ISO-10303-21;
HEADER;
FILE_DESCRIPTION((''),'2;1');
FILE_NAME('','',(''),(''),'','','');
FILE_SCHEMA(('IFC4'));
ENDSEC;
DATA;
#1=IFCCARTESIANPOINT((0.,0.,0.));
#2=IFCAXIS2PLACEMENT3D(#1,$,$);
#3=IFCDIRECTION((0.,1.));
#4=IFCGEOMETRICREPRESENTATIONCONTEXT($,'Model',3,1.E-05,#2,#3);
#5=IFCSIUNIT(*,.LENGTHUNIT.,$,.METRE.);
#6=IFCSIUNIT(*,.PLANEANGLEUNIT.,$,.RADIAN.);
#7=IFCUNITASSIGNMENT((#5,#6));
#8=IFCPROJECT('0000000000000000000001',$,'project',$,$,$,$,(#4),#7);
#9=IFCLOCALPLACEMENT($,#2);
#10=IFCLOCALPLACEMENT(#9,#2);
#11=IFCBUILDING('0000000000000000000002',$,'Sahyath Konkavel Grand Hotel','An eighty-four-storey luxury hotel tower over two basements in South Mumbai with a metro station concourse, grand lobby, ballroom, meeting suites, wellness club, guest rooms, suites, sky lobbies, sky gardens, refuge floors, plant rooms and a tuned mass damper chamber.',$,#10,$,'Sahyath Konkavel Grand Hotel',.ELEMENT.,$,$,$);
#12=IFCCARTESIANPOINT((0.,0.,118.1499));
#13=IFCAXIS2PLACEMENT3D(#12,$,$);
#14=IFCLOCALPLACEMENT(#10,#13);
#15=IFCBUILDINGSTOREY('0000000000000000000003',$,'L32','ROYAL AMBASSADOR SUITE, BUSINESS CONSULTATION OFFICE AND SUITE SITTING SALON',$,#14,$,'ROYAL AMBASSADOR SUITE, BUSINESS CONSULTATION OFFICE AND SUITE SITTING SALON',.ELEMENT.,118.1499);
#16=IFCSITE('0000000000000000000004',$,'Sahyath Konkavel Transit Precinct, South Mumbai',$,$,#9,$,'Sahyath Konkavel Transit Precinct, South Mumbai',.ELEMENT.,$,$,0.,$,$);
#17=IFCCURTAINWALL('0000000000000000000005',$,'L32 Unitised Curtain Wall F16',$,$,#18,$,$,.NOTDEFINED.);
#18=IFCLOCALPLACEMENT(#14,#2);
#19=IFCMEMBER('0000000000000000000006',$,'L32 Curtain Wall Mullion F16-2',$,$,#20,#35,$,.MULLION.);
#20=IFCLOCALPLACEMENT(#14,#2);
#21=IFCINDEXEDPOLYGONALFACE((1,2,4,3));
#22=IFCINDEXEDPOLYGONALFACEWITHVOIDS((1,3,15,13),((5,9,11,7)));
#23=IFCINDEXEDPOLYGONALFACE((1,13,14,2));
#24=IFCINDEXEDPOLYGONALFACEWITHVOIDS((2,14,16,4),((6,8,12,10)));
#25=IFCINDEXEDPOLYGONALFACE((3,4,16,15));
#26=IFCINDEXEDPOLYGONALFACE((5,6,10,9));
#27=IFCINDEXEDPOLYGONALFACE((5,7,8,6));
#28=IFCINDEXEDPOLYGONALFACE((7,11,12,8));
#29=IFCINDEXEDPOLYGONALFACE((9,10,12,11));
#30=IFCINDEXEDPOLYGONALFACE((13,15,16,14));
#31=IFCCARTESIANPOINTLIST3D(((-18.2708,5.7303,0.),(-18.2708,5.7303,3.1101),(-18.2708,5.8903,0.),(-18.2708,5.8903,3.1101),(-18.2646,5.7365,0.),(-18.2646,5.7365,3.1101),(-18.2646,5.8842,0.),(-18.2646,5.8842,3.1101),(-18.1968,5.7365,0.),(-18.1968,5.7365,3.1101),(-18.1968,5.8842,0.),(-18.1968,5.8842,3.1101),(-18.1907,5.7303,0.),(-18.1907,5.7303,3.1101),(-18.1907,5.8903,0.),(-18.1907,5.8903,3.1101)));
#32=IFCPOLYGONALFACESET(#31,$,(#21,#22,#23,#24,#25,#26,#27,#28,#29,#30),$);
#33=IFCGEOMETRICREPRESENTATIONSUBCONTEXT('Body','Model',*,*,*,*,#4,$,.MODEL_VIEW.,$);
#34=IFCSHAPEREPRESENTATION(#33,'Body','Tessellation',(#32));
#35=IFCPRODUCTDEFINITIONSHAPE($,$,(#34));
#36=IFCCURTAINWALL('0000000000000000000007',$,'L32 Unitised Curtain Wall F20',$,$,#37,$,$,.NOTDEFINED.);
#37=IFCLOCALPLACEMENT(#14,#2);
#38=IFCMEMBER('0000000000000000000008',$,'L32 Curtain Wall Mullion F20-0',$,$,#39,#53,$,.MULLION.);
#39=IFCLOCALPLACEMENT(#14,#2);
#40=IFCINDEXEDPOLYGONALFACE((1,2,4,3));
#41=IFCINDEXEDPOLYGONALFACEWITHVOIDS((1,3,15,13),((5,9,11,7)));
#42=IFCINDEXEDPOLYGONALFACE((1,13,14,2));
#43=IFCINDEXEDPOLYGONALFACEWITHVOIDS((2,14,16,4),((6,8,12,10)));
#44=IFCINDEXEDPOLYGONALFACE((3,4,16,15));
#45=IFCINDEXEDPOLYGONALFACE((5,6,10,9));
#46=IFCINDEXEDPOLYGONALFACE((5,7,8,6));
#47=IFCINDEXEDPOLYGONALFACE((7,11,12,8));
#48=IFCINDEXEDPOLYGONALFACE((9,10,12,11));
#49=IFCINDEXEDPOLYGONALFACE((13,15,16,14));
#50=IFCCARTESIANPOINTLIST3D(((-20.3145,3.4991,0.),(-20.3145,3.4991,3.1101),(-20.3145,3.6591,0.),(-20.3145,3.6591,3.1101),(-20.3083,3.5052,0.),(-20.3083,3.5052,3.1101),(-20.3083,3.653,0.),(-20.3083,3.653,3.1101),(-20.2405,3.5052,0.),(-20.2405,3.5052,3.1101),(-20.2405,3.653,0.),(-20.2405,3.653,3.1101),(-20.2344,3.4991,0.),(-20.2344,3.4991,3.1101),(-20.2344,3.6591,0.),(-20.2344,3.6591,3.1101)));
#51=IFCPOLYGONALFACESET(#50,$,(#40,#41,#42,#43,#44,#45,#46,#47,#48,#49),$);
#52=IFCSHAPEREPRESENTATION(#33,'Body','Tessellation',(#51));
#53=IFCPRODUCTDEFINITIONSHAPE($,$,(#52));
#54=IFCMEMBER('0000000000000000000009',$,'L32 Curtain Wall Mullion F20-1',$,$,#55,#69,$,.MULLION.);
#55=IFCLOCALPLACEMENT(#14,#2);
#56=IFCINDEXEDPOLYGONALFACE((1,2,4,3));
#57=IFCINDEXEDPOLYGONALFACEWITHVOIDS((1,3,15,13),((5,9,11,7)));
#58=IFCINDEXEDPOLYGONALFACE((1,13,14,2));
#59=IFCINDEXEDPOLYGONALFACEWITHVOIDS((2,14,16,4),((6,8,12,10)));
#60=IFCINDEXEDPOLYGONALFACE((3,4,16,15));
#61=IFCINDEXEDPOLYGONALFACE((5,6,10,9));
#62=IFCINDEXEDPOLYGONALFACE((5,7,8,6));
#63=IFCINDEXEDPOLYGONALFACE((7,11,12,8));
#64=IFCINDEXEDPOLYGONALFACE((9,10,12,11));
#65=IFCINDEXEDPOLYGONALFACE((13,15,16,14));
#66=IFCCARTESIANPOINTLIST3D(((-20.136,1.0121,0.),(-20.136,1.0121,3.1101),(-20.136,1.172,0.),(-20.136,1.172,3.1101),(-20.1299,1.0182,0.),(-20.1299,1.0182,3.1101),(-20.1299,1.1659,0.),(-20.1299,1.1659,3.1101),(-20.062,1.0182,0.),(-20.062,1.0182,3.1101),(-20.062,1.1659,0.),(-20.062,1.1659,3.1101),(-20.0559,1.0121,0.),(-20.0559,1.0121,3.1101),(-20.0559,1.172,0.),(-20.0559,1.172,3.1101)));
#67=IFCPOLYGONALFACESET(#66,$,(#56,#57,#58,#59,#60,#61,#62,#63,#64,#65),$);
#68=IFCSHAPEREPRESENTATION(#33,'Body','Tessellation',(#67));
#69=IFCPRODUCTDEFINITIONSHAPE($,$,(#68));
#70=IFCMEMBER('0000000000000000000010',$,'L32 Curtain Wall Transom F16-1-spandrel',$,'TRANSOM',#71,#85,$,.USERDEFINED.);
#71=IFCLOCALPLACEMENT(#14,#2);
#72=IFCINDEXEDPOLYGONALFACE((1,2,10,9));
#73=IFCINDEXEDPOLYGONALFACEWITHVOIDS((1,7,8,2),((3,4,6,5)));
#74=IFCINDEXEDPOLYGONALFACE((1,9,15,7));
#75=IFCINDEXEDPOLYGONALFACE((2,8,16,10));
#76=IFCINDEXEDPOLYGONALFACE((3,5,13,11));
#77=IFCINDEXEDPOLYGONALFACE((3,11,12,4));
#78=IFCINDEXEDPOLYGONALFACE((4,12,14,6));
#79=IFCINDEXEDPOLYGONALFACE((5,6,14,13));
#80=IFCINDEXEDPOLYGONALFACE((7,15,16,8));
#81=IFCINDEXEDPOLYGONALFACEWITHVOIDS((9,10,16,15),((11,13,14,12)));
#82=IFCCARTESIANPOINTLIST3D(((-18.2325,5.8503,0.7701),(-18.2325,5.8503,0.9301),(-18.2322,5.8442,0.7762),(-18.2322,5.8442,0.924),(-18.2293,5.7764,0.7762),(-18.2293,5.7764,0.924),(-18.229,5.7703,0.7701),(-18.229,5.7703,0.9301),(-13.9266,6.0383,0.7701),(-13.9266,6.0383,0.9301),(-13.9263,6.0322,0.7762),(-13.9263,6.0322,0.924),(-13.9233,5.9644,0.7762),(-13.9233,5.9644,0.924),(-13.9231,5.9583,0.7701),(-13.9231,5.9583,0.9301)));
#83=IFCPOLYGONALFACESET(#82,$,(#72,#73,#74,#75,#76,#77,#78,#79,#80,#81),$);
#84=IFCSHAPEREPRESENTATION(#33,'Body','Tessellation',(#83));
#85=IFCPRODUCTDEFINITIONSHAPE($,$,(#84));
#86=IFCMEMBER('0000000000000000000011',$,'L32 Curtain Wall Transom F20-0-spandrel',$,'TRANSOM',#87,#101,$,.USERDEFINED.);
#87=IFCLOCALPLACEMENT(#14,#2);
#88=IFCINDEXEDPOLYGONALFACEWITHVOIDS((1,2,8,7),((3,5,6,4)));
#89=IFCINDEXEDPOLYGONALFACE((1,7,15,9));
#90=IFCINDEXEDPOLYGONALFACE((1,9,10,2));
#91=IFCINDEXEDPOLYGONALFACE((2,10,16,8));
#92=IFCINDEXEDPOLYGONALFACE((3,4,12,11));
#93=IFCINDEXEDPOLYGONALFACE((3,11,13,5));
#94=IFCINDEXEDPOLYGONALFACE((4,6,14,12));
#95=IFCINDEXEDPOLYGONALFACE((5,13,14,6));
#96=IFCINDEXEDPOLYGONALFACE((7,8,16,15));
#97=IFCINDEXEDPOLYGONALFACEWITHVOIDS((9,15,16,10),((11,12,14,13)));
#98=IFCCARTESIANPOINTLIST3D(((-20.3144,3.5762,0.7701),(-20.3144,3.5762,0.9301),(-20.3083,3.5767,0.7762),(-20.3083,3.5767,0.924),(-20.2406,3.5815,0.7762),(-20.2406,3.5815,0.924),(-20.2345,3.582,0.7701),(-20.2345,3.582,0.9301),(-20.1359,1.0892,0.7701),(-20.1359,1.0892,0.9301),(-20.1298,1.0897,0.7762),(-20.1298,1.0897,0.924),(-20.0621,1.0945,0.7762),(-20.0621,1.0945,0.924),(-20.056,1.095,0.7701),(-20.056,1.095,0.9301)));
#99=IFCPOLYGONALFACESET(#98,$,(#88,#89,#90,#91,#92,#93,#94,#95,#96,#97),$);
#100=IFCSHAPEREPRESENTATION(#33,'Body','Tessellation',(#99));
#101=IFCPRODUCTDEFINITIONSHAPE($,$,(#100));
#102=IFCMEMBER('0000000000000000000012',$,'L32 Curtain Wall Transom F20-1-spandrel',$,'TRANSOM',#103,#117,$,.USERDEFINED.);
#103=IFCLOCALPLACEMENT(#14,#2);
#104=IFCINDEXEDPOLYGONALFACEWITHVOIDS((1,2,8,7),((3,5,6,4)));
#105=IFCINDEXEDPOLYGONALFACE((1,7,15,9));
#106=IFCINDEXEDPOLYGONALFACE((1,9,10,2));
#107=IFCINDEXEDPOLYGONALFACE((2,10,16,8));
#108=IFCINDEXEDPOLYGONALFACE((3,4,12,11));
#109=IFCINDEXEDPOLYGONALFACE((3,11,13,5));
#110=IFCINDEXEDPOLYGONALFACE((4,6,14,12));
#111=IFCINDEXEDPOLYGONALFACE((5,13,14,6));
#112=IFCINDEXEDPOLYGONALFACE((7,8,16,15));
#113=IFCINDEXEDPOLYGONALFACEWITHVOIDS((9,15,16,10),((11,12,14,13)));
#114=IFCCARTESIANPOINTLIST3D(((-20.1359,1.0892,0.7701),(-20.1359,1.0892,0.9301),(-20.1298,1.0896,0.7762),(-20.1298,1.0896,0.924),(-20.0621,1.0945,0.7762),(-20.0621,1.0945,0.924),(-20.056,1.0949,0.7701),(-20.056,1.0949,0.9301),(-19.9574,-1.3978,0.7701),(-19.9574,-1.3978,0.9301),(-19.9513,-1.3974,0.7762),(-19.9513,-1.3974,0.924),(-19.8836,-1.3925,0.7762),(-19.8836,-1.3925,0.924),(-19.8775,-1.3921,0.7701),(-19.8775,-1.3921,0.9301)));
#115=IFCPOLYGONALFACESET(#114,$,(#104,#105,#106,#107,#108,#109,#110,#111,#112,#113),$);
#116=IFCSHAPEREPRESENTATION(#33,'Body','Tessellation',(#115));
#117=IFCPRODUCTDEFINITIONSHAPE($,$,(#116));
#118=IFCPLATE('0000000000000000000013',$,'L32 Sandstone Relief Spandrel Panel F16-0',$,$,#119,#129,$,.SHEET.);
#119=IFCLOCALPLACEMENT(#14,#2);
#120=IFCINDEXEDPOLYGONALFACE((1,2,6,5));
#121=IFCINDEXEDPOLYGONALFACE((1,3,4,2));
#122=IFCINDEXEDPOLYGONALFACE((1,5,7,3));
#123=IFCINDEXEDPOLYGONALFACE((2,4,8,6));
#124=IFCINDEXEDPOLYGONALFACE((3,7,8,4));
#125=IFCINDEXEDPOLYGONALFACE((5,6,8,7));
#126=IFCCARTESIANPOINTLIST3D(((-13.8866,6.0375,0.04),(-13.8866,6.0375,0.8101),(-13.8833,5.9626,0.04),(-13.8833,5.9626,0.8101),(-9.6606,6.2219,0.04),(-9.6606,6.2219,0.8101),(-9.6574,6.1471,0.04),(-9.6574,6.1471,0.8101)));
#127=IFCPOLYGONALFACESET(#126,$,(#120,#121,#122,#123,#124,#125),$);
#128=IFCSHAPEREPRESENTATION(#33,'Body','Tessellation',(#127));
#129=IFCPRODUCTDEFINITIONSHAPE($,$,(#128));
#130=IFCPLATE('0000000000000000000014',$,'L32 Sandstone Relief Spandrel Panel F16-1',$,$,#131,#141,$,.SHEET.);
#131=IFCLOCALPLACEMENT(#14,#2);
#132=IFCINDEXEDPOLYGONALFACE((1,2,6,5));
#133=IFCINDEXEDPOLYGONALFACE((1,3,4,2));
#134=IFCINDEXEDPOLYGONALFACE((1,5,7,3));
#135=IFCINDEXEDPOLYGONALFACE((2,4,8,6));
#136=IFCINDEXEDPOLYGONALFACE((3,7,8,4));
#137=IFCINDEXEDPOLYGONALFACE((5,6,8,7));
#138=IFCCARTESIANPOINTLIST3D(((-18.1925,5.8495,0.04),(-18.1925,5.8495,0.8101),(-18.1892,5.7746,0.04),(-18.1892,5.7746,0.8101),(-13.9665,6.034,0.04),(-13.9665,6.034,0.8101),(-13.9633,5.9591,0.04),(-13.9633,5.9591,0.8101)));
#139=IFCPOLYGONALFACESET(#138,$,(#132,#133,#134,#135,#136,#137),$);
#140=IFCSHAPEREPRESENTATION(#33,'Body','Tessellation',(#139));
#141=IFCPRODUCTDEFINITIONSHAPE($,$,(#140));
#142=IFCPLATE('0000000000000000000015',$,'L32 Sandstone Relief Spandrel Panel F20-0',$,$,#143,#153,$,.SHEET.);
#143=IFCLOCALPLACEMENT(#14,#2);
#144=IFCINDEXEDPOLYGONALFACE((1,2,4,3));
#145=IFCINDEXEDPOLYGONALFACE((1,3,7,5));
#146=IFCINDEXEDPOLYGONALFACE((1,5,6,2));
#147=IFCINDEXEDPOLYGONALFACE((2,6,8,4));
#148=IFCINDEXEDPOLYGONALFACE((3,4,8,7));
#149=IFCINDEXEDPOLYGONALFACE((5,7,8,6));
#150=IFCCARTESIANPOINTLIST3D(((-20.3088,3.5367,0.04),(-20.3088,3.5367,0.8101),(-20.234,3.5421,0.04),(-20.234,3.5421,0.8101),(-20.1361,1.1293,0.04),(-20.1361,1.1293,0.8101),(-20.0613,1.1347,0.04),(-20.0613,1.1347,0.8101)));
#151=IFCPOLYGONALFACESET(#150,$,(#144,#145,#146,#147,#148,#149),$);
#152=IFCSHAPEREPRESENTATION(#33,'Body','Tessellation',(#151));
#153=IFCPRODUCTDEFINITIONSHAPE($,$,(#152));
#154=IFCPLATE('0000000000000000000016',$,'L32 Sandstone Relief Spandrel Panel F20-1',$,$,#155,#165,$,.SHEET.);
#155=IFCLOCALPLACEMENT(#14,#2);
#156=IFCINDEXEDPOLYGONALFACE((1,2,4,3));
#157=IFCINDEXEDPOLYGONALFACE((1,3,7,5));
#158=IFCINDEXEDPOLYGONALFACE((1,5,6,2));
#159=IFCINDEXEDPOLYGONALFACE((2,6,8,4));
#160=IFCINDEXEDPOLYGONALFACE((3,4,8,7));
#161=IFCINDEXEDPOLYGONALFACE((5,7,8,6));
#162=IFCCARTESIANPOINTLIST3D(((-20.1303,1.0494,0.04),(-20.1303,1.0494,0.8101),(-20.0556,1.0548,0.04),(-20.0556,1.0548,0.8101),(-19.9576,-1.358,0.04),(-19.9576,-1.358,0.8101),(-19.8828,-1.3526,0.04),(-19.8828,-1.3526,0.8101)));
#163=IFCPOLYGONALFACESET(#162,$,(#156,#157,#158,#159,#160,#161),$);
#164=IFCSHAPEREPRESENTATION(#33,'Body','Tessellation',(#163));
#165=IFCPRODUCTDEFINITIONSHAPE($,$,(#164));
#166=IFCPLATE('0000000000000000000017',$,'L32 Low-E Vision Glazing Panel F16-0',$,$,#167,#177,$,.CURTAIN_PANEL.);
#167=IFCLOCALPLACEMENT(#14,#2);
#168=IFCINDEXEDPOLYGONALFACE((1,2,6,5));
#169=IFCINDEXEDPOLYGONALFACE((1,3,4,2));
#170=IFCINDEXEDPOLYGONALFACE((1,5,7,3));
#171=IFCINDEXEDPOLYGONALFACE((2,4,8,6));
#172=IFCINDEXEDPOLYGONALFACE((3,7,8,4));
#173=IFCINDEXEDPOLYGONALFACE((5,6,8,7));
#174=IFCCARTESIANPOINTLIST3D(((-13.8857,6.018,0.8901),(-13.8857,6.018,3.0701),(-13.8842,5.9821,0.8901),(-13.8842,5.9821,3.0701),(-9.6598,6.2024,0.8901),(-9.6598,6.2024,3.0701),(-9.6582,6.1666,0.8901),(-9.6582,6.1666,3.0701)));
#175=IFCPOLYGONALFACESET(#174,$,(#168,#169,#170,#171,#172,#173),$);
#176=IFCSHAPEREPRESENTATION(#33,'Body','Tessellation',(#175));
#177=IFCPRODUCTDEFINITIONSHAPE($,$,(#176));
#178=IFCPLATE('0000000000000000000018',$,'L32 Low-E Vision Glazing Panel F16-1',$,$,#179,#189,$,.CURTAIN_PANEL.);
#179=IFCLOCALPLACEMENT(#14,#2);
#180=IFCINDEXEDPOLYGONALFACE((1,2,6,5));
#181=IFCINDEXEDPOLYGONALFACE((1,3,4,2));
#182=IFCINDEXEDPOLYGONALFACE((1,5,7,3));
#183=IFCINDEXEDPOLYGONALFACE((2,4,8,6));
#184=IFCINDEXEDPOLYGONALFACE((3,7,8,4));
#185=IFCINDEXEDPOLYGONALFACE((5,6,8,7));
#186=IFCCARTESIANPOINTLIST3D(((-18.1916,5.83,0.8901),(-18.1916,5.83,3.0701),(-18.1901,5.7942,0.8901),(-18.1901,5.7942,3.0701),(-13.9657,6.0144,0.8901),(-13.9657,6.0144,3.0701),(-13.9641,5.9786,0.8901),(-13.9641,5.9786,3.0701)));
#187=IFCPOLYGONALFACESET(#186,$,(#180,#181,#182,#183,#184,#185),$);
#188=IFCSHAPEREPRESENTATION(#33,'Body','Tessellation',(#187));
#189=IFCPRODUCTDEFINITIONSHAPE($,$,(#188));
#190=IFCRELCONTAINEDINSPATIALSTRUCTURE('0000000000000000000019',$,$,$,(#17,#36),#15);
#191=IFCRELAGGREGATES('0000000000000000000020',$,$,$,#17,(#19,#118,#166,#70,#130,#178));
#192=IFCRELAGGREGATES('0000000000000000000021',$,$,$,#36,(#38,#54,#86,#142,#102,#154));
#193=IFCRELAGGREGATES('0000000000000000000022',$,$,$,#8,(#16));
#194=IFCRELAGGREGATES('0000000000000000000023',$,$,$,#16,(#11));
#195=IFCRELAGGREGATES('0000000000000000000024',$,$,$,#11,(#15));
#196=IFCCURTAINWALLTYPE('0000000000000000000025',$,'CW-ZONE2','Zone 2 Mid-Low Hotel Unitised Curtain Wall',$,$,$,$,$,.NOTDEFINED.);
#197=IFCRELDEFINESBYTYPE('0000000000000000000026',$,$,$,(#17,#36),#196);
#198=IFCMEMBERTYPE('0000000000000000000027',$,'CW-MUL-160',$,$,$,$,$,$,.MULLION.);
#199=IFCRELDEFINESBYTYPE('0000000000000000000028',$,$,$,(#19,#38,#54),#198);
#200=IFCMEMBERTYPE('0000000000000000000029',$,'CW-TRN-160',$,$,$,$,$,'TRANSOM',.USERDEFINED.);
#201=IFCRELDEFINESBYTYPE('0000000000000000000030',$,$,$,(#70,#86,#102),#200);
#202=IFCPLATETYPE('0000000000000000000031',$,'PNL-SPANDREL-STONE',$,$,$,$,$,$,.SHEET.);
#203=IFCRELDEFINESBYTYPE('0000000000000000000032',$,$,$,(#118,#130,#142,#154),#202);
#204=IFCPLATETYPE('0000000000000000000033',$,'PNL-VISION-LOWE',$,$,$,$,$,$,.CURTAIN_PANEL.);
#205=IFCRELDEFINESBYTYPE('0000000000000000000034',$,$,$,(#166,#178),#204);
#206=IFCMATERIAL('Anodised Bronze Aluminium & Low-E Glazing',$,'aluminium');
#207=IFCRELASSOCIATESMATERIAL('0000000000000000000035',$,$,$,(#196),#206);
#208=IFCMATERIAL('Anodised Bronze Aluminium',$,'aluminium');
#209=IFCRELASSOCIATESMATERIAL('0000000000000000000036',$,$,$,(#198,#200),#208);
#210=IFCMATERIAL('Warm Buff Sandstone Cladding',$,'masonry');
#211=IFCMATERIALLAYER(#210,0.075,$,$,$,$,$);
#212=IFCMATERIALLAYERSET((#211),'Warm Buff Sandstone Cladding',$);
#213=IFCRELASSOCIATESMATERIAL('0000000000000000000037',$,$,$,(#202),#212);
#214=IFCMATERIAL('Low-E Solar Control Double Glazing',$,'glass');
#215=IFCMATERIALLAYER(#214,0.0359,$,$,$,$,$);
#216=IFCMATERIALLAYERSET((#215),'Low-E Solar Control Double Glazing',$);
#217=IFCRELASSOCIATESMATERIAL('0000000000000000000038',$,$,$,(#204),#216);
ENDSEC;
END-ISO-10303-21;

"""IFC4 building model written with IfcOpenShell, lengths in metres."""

from ifc_helpers import new_model, si_unit, direction, frame, origin, origin_2d, place, context, subcontext, project, spatial, rectangle, hollow_rectangle, extrude, source, transform, mapped, material, layer, layer_set, material_profile, profile_set, type_object, element, aggregate, save


model = new_model("IFC4")

# Units and contexts
model_context = context("Model", 3, precision=1e-05, world=origin(), true_north=direction((0.0, 1.0)))
body_context = subcontext(model_context, "Body", "Model", "MODEL_VIEW")
ifc_project = project(units=[si_unit("LENGTHUNIT", "METRE"), si_unit("PLANEANGLEUNIT", "RADIAN")], contexts=[model_context])

# Site, building, storey
site_placement = place(None, origin())
site = spatial("IfcSite", under=ifc_project, at=site_placement, Name="Sahyath Konkavel Transit Precinct, South Mumbai", LongName="Sahyath Konkavel Transit Precinct, South Mumbai", CompositionType="ELEMENT", RefElevation=0.0)
building_placement = place(site_placement, origin())
building = spatial("IfcBuilding", under=site, at=building_placement, Name="Sahyath Konkavel Grand Hotel", Description="An eighty-four-storey luxury hotel tower over two basements in South Mumbai with a metro station concourse, grand lobby, ballroom, meeting suites, wellness club, guest rooms, suites, sky lobbies, sky gardens, refuge floors, plant rooms and a tuned mass damper chamber.", LongName="Sahyath Konkavel Grand Hotel", CompositionType="ELEMENT")
storey_placement = place(building_placement, frame((0.0, 0.0, 118.1499)))
storey = spatial("IfcBuildingStorey", under=building, at=storey_placement, Name="L32", Description="ROYAL AMBASSADOR SUITE, BUSINESS CONSULTATION OFFICE AND SUITE SITTING SALON", LongName="ROYAL AMBASSADOR SUITE, BUSINESS CONSULTATION OFFICE AND SUITE SITTING SALON", CompositionType="ELEMENT", Elevation=118.1499)

# Curtain walls, members
ifc_material_1 = material(Name="Anodised Bronze Aluminium & Low-E Glazing", Category="aluminium")
curtain_wall_type = type_object("IfcCurtainWallType", Name="CW-ZONE2", Description="Zone 2 Mid-Low Hotel Unitised Curtain Wall", PredefinedType="NOTDEFINED", material=ifc_material_1)
curtain_wall_1_placement = place(storey_placement, origin())
curtain_wall_1 = element("IfcCurtainWall", 1, at=curtain_wall_1_placement, inside=storey, type_object=curtain_wall_type, Name="L32 Unitised Curtain Wall F16", PredefinedType="NOTDEFINED")
ifc_material_2 = material(Name="Anodised Bronze Aluminium", Category="aluminium")
ifc_material_profile_1 = material_profile(ifc_material_2, hollow_rectangle(XDim=0.0801, YDim=0.1599, WallThickness=0.0061, at=origin_2d()), Name="RHS 160x80x6")
ifc_profile_set_1 = profile_set([ifc_material_profile_1], Name="Anodised Bronze Aluminium")
member_type_1 = type_object("IfcMemberType", Name="CW-MUL-160", PredefinedType="MULLION", material=ifc_profile_set_1)
shared_shape_1 = source(origin(), body_context, "Body", "SweptSolid", [
    extrude(hollow_rectangle(XDim=0.0801, YDim=0.1599, WallThickness=0.0061, at=origin_2d()), origin(), (0.0, 0.0, 1.0), 3.1101),
])
member_1_placement = place(storey_placement, frame((-18.2307, 5.8103, 0.0), z_axis=(0.0, 0.0, 1.0), x_axis=(1.0, 0.0, 0.0)))
member_1 = element("IfcMember", 2, at=member_1_placement, type_object=member_type_1, Name="L32 Curtain Wall Mullion F16-2", PredefinedType="MULLION", context=body_context, shape_type="MappedRepresentation", body=[
    mapped(shared_shape_1, transform((0.0, 0.0, 0.0), scale=1.0)),
])
curtain_wall_2_placement = place(storey_placement, origin())
curtain_wall_2 = element("IfcCurtainWall", 3, at=curtain_wall_2_placement, inside=storey, type_object=curtain_wall_type, Name="L32 Unitised Curtain Wall F20", PredefinedType="NOTDEFINED")
member_2_placement = place(storey_placement, frame((-20.2744, 3.5791, 0.0), z_axis=(0.0, 0.0, 1.0), x_axis=(1.0, 0.0, 0.0)))
member_2 = element("IfcMember", 4, at=member_2_placement, type_object=member_type_1, Name="L32 Curtain Wall Mullion F20-0", PredefinedType="MULLION", context=body_context, shape_type="MappedRepresentation", body=[
    mapped(shared_shape_1, transform((0.0, 0.0, 0.0), scale=1.0)),
])
member_3_placement = place(storey_placement, frame((-20.0959, 1.092, 0.0), z_axis=(0.0, 0.0, 1.0), x_axis=(1.0, 0.0, 0.0)))
member_3 = element("IfcMember", 5, at=member_3_placement, type_object=member_type_1, Name="L32 Curtain Wall Mullion F20-1", PredefinedType="MULLION", context=body_context, shape_type="MappedRepresentation", body=[
    mapped(shared_shape_1, transform((0.0, 0.0, 0.0), scale=1.0)),
])

# Members
ifc_material_profile_2 = material_profile(ifc_material_2, hollow_rectangle(XDim=0.0801, YDim=0.1599, WallThickness=0.0061, at=origin_2d()), Name="RHS 160x80x6")
ifc_profile_set_2 = profile_set([ifc_material_profile_2], Name="Anodised Bronze Aluminium")
member_type_2 = type_object("IfcMemberType", Name="CW-TRN-160", ElementType="TRANSOM", PredefinedType="USERDEFINED", material=ifc_profile_set_2)
shared_shape_2 = source(origin(), body_context, "Body", "SweptSolid", [
    extrude(hollow_rectangle(XDim=0.0801, YDim=0.1599, WallThickness=0.0061, at=origin_2d()), origin(), (0.0, 0.0, 1.0), 4.3101),
])
member_4_placement = place(storey_placement, frame((-13.9248, 5.9983, 0.8501), z_axis=(-0.999048, -0.043617, 0.0), x_axis=(0.043617, -0.999048, 0.0)))
member_4 = element("IfcMember", 6, at=member_4_placement, type_object=member_type_2, Name="L32 Curtain Wall Transom F16-1-spandrel", ObjectType="TRANSOM", PredefinedType="USERDEFINED", context=body_context, shape_type="MappedRepresentation", body=[
    mapped(shared_shape_2, transform((0.0, 0.0, 0.0), scale=1.0)),
])
shared_shape_3 = source(origin(), body_context, "Body", "SweptSolid", [
    extrude(hollow_rectangle(XDim=0.0801, YDim=0.1599, WallThickness=0.0061, at=origin_2d()), origin(), (0.0, 0.0, 1.0), 2.4934),
])
member_5_placement = place(storey_placement, frame((-20.2744, 3.5791, 0.8501), z_axis=(0.071574, -0.997435, 0.0), x_axis=(0.997435, 0.071574, 0.0)))
member_5 = element("IfcMember", 7, at=member_5_placement, type_object=member_type_2, Name="L32 Curtain Wall Transom F20-0-spandrel", ObjectType="TRANSOM", PredefinedType="USERDEFINED", context=body_context, shape_type="MappedRepresentation", body=[
    mapped(shared_shape_3, transform((0.0, 0.0, 0.0), scale=1.0)),
])
member_6_placement = place(storey_placement, frame((-20.0959, 1.092, 0.8501), z_axis=(0.071574, -0.997435, 0.0), x_axis=(0.997435, 0.071574, 0.0)))
member_6 = element("IfcMember", 8, at=member_6_placement, type_object=member_type_2, Name="L32 Curtain Wall Transom F20-1-spandrel", ObjectType="TRANSOM", PredefinedType="USERDEFINED", context=body_context, shape_type="MappedRepresentation", body=[
    mapped(shared_shape_3, transform((0.0, 0.0, 0.0), scale=1.0)),
])

# Plates
ifc_material_3 = material(Name="Warm Buff Sandstone Cladding", Category="masonry")
ifc_layer_1 = layer(ifc_material_3, 0.075)
ifc_layer_set_1 = layer_set([ifc_layer_1], Name="Warm Buff Sandstone Cladding")
plate_type_1 = type_object("IfcPlateType", Name="PNL-SPANDREL-STONE", PredefinedType="SHEET", material=ifc_layer_set_1)
shared_shape_4 = source(origin(), body_context, "Body", "SweptSolid", [
    extrude(rectangle(XDim=4.23, YDim=0.075, at=origin_2d()), origin(), (0.0, 0.0, 1.0), 0.77),
])
plate_1_placement = place(storey_placement, frame((-11.772, 6.0923, 0.04), z_axis=(0.0, 0.0, 1.0), x_axis=(-0.999049, -0.043602, 0.0)))
plate_1 = element("IfcPlate", 9, at=plate_1_placement, type_object=plate_type_1, Name="L32 Sandstone Relief Spandrel Panel F16-0", PredefinedType="SHEET", context=body_context, shape_type="MappedRepresentation", body=[
    mapped(shared_shape_4, transform((0.0, 0.0, 0.0), scale=1.0)),
])
plate_2_placement = place(storey_placement, frame((-16.0779, 5.9043, 0.04), z_axis=(0.0, 0.0, 1.0), x_axis=(-0.999049, -0.043602, 0.0)))
plate_2 = element("IfcPlate", 10, at=plate_2_placement, type_object=plate_type_1, Name="L32 Sandstone Relief Spandrel Panel F16-1", PredefinedType="SHEET", context=body_context, shape_type="MappedRepresentation", body=[
    mapped(shared_shape_4, transform((0.0, 0.0, 0.0), scale=1.0)),
])
shared_shape_5 = source(origin(), body_context, "Body", "SweptSolid", [
    extrude(rectangle(XDim=2.4136, YDim=0.075, at=origin_2d()), origin(), (0.0, 0.0, 1.0), 0.77),
])
plate_3_placement = place(storey_placement, frame((-20.1851, 2.3357, 0.04), z_axis=(0.0, 0.0, 1.0), x_axis=(0.071567, -0.997436, 0.0)))
plate_3 = element("IfcPlate", 11, at=plate_3_placement, type_object=plate_type_1, Name="L32 Sandstone Relief Spandrel Panel F20-0", PredefinedType="SHEET", context=body_context, shape_type="MappedRepresentation", body=[
    mapped(shared_shape_5, transform((0.0, 0.0, 0.0), scale=1.0)),
])
plate_4_placement = place(storey_placement, frame((-20.0066, -0.1516, 0.04), z_axis=(0.0, 0.0, 1.0), x_axis=(0.071567, -0.997436, 0.0)))
plate_4 = element("IfcPlate", 12, at=plate_4_placement, type_object=plate_type_1, Name="L32 Sandstone Relief Spandrel Panel F20-1", PredefinedType="SHEET", context=body_context, shape_type="MappedRepresentation", body=[
    mapped(shared_shape_5, transform((0.0, 0.0, 0.0), scale=1.0)),
])
ifc_material_4 = material(Name="Low-E Solar Control Double Glazing", Category="glass")
ifc_layer_2 = layer(ifc_material_4, 0.0359)
ifc_layer_set_2 = layer_set([ifc_layer_2], Name="Low-E Solar Control Double Glazing")
plate_type_2 = type_object("IfcPlateType", Name="PNL-VISION-LOWE", PredefinedType="CURTAIN_PANEL", material=ifc_layer_set_2)
shared_shape_6 = source(origin(), body_context, "Body", "SweptSolid", [
    extrude(rectangle(XDim=4.23, YDim=0.0359, at=origin_2d()), origin(), (0.0, 0.0, 1.0), 2.1799),
])
plate_5_placement = place(storey_placement, frame((-11.772, 6.0923, 0.8901), z_axis=(0.0, 0.0, 1.0), x_axis=(-0.999049, -0.043602, 0.0)))
plate_5 = element("IfcPlate", 13, at=plate_5_placement, type_object=plate_type_2, Name="L32 Low-E Vision Glazing Panel F16-0", PredefinedType="CURTAIN_PANEL", context=body_context, shape_type="MappedRepresentation", body=[
    mapped(shared_shape_6, transform((0.0, 0.0, 0.0), scale=1.0)),
])
plate_6_placement = place(storey_placement, frame((-16.0779, 5.9043, 0.8901), z_axis=(0.0, 0.0, 1.0), x_axis=(-0.999049, -0.043602, 0.0)))
plate_6 = element("IfcPlate", 14, at=plate_6_placement, type_object=plate_type_2, Name="L32 Low-E Vision Glazing Panel F16-1", PredefinedType="CURTAIN_PANEL", context=body_context, shape_type="MappedRepresentation", body=[
    mapped(shared_shape_6, transform((0.0, 0.0, 0.0), scale=1.0)),
])
aggregate(curtain_wall_1, [member_1, plate_1, plate_5, member_4, plate_2, plate_6])
aggregate(curtain_wall_2, [member_2, member_3, member_5, plate_3, member_6, plate_4])

save(model, "model.ifc")
